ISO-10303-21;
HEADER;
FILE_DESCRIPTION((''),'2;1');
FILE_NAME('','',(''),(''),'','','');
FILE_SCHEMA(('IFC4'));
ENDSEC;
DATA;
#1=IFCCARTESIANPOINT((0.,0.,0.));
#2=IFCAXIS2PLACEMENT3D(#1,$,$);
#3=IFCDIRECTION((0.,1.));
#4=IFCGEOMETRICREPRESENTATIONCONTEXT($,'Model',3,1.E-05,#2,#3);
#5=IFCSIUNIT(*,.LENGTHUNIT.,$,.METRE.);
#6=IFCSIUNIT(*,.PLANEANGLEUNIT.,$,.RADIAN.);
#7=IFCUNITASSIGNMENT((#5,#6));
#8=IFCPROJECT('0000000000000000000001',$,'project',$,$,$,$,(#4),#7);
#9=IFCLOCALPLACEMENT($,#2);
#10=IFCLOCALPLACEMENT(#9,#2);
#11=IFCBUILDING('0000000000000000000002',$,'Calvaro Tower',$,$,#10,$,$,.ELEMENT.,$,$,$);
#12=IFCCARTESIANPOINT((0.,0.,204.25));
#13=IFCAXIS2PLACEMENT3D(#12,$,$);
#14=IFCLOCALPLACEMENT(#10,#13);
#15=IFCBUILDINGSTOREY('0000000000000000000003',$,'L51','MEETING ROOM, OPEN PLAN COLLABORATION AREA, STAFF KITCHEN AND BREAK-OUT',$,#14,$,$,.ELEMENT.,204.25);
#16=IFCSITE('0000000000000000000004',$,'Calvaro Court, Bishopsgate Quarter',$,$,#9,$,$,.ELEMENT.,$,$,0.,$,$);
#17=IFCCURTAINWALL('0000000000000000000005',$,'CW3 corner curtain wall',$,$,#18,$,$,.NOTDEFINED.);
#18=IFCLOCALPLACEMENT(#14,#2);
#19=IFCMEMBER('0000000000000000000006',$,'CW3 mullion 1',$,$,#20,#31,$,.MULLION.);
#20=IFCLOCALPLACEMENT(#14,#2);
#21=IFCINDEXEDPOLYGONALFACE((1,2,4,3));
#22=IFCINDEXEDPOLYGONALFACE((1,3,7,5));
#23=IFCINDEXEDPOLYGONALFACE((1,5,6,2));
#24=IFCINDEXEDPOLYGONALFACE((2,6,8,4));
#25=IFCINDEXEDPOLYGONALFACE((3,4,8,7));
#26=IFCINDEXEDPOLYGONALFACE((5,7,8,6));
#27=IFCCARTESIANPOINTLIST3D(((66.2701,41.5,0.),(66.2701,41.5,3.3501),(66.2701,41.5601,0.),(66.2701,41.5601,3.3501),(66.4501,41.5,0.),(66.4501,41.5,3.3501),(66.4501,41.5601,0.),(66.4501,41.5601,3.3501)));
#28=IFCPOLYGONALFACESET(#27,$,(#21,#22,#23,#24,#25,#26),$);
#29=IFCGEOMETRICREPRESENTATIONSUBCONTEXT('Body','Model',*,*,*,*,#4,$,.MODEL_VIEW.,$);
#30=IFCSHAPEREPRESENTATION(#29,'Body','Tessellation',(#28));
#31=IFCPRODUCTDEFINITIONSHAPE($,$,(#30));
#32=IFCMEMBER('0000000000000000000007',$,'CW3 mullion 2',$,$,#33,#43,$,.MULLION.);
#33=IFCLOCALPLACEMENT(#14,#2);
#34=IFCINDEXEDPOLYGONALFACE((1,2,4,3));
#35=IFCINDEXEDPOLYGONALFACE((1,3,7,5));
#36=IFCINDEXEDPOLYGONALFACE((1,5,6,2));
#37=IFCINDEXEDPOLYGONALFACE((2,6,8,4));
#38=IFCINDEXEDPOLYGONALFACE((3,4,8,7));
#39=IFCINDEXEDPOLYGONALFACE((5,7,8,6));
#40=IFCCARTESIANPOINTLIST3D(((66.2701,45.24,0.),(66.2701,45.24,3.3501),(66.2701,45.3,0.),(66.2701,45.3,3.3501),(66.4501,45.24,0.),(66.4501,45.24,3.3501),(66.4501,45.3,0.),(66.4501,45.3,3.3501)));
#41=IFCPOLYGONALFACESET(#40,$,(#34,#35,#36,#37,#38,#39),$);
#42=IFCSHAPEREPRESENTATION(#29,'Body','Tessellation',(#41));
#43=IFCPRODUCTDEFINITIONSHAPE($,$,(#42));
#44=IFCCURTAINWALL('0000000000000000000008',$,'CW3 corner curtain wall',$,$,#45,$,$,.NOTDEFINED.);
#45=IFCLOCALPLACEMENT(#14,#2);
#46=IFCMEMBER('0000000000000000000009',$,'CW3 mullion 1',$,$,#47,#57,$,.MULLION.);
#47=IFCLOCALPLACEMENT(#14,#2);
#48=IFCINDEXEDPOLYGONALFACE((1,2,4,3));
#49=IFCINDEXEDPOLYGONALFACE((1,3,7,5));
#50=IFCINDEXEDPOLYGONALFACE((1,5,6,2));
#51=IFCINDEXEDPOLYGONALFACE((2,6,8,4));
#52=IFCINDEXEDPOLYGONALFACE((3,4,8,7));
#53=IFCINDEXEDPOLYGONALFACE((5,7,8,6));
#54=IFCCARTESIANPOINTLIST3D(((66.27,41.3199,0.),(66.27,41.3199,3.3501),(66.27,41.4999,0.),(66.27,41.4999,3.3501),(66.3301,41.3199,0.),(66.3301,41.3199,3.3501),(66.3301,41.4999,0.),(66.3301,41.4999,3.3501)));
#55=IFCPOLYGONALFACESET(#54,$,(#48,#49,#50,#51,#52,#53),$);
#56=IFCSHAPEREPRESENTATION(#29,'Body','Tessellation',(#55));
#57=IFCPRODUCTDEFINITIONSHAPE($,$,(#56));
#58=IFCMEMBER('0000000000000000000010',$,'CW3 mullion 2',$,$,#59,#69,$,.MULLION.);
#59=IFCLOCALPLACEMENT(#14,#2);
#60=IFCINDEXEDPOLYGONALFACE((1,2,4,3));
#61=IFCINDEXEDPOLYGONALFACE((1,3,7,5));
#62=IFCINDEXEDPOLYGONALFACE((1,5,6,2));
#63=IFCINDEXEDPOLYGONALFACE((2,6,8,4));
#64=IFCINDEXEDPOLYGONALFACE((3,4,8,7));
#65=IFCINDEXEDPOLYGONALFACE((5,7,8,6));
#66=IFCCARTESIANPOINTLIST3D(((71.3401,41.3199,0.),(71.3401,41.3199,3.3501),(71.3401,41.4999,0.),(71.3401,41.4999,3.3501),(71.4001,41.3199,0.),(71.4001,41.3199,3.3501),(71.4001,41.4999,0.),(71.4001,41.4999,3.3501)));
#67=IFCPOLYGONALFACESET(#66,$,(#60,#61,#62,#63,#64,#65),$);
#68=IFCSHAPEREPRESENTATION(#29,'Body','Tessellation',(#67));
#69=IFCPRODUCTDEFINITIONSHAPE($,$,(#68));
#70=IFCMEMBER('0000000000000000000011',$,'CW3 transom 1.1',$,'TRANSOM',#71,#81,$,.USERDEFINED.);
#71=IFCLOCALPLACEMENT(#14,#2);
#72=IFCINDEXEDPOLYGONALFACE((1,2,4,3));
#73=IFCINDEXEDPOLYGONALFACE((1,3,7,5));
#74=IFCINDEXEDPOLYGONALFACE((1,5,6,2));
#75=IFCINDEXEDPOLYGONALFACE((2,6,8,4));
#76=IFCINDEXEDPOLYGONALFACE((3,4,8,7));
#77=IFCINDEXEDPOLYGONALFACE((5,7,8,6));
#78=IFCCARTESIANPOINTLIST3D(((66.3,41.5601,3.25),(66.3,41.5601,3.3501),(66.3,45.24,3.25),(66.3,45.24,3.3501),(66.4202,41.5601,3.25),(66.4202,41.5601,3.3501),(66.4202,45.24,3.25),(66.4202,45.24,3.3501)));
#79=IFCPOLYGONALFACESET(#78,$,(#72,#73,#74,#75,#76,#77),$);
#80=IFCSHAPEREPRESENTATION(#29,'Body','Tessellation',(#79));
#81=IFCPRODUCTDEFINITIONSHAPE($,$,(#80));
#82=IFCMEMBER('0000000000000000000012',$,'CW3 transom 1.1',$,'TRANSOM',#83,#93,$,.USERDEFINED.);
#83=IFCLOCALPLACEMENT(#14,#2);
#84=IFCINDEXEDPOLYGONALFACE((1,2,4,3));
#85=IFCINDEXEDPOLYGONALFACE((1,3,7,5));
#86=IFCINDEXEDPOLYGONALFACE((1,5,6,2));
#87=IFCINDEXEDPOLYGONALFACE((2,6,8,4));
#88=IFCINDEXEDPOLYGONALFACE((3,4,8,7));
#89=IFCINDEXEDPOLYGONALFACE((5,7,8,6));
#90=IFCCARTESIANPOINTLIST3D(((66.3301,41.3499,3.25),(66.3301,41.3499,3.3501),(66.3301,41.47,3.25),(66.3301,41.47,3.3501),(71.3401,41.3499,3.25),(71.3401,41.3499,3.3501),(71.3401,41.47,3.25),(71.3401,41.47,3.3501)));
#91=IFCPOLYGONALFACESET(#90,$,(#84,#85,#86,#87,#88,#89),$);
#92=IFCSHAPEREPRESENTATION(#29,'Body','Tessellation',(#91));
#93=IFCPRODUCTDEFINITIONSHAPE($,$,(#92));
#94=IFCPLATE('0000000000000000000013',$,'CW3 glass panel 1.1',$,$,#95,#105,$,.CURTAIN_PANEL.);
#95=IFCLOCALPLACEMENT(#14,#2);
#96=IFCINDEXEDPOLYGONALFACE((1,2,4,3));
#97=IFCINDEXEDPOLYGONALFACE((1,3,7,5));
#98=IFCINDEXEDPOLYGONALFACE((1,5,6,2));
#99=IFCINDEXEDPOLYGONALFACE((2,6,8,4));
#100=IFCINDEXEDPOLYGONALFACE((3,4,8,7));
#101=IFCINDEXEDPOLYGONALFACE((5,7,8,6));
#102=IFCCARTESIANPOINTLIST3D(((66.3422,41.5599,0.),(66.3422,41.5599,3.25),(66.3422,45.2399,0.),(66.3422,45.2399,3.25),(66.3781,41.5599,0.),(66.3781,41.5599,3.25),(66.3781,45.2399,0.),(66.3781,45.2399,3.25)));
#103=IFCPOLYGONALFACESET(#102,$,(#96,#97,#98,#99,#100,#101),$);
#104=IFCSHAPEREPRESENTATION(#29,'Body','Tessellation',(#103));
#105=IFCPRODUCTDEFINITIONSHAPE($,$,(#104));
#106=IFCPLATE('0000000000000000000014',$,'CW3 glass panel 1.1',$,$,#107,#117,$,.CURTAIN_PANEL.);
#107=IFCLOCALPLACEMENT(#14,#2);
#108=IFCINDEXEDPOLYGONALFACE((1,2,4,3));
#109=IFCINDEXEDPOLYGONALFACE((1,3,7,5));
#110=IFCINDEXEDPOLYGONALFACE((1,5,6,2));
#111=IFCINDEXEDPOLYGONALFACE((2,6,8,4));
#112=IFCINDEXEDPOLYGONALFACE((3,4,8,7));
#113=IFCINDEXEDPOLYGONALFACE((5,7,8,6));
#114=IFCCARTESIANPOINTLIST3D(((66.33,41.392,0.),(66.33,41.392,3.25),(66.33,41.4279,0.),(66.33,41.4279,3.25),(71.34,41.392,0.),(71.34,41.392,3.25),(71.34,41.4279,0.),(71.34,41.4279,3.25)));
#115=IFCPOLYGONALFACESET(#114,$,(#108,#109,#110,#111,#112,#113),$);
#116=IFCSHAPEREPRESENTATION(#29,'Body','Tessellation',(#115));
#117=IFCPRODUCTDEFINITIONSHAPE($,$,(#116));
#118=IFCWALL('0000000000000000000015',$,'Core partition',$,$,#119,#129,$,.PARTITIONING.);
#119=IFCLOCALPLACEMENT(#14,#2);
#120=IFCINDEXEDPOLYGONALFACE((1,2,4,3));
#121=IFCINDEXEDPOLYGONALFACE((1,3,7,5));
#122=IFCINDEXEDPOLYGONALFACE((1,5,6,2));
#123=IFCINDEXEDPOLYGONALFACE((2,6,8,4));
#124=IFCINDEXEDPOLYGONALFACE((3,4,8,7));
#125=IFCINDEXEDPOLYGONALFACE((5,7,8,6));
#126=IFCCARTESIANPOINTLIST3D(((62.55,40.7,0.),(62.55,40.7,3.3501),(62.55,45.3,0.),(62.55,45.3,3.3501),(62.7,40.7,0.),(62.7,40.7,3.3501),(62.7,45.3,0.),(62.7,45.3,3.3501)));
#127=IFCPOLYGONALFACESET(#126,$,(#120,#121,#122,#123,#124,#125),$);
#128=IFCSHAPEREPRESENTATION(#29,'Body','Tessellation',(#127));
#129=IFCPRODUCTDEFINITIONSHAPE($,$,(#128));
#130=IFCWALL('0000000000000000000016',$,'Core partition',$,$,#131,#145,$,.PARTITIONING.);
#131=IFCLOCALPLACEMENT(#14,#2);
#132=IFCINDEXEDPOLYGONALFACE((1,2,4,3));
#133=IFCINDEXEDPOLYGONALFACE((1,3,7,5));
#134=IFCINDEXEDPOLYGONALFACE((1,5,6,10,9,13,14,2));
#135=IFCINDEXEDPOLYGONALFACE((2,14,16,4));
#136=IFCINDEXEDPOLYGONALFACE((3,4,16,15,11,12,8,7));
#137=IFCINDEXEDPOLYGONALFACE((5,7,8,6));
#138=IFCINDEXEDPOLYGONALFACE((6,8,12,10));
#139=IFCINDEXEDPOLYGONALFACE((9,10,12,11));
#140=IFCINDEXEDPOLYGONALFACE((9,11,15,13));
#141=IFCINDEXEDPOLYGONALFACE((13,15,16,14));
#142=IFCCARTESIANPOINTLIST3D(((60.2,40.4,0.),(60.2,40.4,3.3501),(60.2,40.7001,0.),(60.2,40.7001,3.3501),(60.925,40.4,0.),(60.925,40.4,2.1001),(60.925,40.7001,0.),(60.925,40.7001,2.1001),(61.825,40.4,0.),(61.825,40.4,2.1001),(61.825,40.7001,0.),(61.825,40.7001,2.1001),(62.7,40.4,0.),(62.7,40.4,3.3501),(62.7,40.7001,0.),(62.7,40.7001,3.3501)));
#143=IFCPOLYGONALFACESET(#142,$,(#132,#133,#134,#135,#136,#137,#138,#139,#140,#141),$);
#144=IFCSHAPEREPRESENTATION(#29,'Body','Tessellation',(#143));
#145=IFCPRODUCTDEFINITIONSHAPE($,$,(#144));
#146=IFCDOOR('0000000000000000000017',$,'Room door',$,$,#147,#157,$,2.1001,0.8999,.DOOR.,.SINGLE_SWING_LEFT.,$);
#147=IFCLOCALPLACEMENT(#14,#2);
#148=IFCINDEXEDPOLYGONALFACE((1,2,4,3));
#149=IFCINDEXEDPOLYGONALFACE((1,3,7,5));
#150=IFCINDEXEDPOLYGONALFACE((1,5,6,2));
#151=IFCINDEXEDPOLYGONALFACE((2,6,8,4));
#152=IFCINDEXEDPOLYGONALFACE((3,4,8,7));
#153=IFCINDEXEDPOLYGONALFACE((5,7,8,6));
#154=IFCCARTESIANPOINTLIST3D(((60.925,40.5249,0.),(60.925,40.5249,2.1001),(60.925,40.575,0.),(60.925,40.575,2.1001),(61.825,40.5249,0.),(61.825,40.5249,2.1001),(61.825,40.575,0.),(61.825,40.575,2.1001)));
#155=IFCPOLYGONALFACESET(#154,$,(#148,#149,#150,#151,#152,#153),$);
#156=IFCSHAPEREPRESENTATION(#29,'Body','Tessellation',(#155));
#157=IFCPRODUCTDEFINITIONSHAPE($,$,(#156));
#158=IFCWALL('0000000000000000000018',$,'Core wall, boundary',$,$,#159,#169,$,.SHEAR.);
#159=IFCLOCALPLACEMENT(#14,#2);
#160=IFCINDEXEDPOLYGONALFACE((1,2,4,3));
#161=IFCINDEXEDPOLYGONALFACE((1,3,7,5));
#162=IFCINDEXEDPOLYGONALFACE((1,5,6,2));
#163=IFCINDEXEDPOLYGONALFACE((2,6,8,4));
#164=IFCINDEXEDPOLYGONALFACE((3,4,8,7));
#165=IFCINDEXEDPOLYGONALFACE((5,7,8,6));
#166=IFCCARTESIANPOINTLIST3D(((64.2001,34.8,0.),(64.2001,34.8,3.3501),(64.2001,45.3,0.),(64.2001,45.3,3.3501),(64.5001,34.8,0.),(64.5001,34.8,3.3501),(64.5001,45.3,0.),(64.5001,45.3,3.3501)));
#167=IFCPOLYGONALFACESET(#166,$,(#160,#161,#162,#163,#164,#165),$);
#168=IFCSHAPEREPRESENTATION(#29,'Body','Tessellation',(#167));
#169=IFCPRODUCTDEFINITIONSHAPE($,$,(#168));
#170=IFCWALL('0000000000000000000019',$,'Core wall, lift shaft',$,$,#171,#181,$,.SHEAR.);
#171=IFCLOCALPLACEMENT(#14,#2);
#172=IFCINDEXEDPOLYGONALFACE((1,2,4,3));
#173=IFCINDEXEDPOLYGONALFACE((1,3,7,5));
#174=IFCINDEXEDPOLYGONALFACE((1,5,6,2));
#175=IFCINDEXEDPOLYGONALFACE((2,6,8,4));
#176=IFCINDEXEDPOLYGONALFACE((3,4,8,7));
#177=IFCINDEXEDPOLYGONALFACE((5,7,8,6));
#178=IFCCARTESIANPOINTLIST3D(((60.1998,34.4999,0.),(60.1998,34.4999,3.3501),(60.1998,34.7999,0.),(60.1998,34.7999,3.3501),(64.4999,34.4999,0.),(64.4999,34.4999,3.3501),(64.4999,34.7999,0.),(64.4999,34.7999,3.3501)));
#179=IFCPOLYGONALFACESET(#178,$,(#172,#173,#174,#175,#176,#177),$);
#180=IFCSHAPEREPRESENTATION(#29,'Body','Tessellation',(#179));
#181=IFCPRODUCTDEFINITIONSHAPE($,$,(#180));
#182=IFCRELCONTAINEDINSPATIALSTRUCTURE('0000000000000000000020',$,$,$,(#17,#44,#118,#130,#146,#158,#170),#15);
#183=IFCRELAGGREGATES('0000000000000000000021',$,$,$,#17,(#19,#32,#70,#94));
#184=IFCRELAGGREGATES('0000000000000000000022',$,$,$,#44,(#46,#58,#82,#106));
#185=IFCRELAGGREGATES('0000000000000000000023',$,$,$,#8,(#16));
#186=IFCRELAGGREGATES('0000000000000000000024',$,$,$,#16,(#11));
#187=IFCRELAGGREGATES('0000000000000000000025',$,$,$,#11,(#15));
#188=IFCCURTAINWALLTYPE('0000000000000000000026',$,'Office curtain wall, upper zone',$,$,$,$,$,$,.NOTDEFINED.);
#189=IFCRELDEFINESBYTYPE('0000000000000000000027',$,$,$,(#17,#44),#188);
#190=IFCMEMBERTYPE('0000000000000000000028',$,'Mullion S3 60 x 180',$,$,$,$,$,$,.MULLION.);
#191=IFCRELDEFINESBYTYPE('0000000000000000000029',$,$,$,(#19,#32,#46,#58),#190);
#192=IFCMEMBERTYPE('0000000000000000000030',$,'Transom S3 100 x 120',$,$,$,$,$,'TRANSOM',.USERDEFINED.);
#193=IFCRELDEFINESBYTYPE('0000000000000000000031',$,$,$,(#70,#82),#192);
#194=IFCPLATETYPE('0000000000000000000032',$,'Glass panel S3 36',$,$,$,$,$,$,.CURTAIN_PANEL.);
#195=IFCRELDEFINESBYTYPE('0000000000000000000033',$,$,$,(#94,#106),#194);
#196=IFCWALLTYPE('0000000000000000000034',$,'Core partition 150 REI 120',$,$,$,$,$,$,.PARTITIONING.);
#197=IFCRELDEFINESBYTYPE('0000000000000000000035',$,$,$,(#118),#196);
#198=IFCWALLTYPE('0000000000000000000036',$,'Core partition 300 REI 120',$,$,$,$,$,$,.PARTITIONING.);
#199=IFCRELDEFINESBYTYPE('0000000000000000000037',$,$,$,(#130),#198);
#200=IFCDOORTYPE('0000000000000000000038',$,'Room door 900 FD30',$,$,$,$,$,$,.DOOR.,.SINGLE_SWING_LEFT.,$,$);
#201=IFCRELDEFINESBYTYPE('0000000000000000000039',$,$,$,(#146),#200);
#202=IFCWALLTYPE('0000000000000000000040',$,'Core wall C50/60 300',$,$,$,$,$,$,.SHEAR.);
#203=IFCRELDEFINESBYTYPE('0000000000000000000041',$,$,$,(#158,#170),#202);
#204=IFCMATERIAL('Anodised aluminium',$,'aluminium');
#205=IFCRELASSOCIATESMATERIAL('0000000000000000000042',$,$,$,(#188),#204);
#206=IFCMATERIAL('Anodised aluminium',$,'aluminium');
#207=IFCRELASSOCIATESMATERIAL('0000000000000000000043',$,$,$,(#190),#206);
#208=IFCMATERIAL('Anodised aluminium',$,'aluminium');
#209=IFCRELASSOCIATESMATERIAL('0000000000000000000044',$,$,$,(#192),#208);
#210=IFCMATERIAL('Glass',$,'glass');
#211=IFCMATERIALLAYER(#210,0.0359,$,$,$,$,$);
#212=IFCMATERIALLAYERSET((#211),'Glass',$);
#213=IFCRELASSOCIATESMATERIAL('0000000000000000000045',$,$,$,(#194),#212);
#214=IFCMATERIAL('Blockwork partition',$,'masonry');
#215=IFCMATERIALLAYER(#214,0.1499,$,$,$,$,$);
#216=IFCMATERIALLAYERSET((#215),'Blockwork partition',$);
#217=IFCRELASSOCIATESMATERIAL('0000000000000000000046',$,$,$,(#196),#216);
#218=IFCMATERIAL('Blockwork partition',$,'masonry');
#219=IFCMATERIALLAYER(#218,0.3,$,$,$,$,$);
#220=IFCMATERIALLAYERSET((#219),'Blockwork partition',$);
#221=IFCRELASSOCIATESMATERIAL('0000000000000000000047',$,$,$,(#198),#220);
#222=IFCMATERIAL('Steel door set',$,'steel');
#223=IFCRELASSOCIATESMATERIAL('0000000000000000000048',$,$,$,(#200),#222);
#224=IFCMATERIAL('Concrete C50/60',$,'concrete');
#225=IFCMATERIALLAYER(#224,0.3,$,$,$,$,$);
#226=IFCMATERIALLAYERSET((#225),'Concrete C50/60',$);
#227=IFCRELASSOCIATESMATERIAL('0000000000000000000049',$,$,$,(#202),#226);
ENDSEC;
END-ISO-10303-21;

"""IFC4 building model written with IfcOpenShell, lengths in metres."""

from ifc_helpers import new_model, si_unit, direction, frame, frame_2d, origin, origin_2d, place, context, subcontext, project, spatial, rectangle, extrude, material, layer, layer_set, material_profile, profile_set, type_object, element, fill, aggregate, save


model = new_model("IFC4")

# Units and contexts
model_context = context("Model", 3, precision=1e-05, world=origin(), true_north=direction((0.0, 1.0)))
body_context = subcontext(model_context, "Body", "Model", "MODEL_VIEW")
ifc_project = project(units=[si_unit("LENGTHUNIT", "METRE"), si_unit("PLANEANGLEUNIT", "RADIAN")], contexts=[model_context])

# Site, building, storey
site_placement = place(None, origin())
site = spatial("IfcSite", under=ifc_project, at=site_placement, Name="Calvaro Court, Bishopsgate Quarter", CompositionType="ELEMENT", RefElevation=0.0)
building_placement = place(site_placement, origin())
building = spatial("IfcBuilding", under=site, at=building_placement, Name="Calvaro Tower", CompositionType="ELEMENT")
storey_placement = place(building_placement, frame((0.0, 0.0, 204.25)))
storey = spatial("IfcBuildingStorey", under=building, at=storey_placement, Name="L51", Description="MEETING ROOM, OPEN PLAN COLLABORATION AREA, STAFF KITCHEN AND BREAK-OUT", CompositionType="ELEMENT", Elevation=204.25)

# Curtain walls, members
ifc_material_1 = material(Name="Anodised aluminium", Category="aluminium")
curtain_wall_type = type_object("IfcCurtainWallType", Name="Office curtain wall, upper zone", PredefinedType="NOTDEFINED", material=ifc_material_1)
curtain_wall_1_placement = place(storey_placement, origin())
curtain_wall_1 = element("IfcCurtainWall", 1, at=curtain_wall_1_placement, inside=storey, type_object=curtain_wall_type, Name="CW3 corner curtain wall", PredefinedType="NOTDEFINED")
ifc_material_2 = material(Name="Anodised aluminium", Category="aluminium")
ifc_material_profile_1 = material_profile(ifc_material_2, rectangle(XDim=0.1799, YDim=0.0601, at=origin_2d()), Name="Mullion S3 60 x 180")
ifc_profile_set_1 = profile_set([ifc_material_profile_1], Name="Anodised aluminium")
member_type_1 = type_object("IfcMemberType", Name="Mullion S3 60 x 180", PredefinedType="MULLION", material=ifc_profile_set_1)
member_1_placement = place(storey_placement, frame((66.3601, 41.53, 0.0), z_axis=(0.0, 0.0, 1.0), x_axis=(-1.0, 0.0, 0.0)))
member_1 = element("IfcMember", 2, at=member_1_placement, type_object=member_type_1, Name="CW3 mullion 1", PredefinedType="MULLION", context=body_context, shape_type="SweptSolid", body=[
    extrude(rectangle(XDim=0.1799, YDim=0.0601, at=origin_2d()), origin(), (0.0, 0.0, 1.0), 3.3501),
])
member_2_placement = place(storey_placement, frame((66.3601, 45.27, 0.0), z_axis=(0.0, 0.0, 1.0), x_axis=(-1.0, 0.0, 0.0)))
member_2 = element("IfcMember", 3, at=member_2_placement, type_object=member_type_1, Name="CW3 mullion 2", PredefinedType="MULLION", context=body_context, shape_type="SweptSolid", body=[
    extrude(rectangle(XDim=0.1799, YDim=0.0601, at=origin_2d()), origin(), (0.0, 0.0, 1.0), 3.3501),
])
curtain_wall_2_placement = place(storey_placement, origin())
curtain_wall_2 = element("IfcCurtainWall", 4, at=curtain_wall_2_placement, inside=storey, type_object=curtain_wall_type, Name="CW3 corner curtain wall", PredefinedType="NOTDEFINED")
member_3_placement = place(storey_placement, frame((66.3, 41.4099, 0.0), z_axis=(0.0, 0.0, 1.0), x_axis=(0.0, 1.0, 0.0)))
member_3 = element("IfcMember", 5, at=member_3_placement, type_object=member_type_1, Name="CW3 mullion 1", PredefinedType="MULLION", context=body_context, shape_type="SweptSolid", body=[
    extrude(rectangle(XDim=0.1799, YDim=0.0601, at=origin_2d()), origin(), (0.0, 0.0, 1.0), 3.3501),
])
member_4_placement = place(storey_placement, frame((71.3701, 41.4099, 0.0), z_axis=(0.0, 0.0, 1.0), x_axis=(0.0, 1.0, 0.0)))
member_4 = element("IfcMember", 6, at=member_4_placement, type_object=member_type_1, Name="CW3 mullion 2", PredefinedType="MULLION", context=body_context, shape_type="SweptSolid", body=[
    extrude(rectangle(XDim=0.1799, YDim=0.0601, at=origin_2d()), origin(), (0.0, 0.0, 1.0), 3.3501),
])

# Members
ifc_material_3 = material(Name="Anodised aluminium", Category="aluminium")
ifc_material_profile_2 = material_profile(ifc_material_3, rectangle(XDim=0.1201, YDim=0.1001, at=origin_2d()), Name="Transom S3 100 x 120")
ifc_profile_set_2 = profile_set([ifc_material_profile_2], Name="Anodised aluminium")
member_type_2 = type_object("IfcMemberType", Name="Transom S3 100 x 120", ElementType="TRANSOM", PredefinedType="USERDEFINED", material=ifc_profile_set_2)
member_5_placement = place(storey_placement, frame((66.3601, 41.5601, 3.3), z_axis=(0.0, 1.0, 0.0), x_axis=(-1.0, 0.0, 0.0)))
member_5 = element("IfcMember", 7, at=member_5_placement, type_object=member_type_2, Name="CW3 transom 1.1", ObjectType="TRANSOM", PredefinedType="USERDEFINED", context=body_context, shape_type="SweptSolid", body=[
    extrude(rectangle(XDim=0.1201, YDim=0.1001, at=origin_2d()), origin(), (0.0, 0.0, 1.0), 3.6799),
])
member_6_placement = place(storey_placement, frame((66.3301, 41.4099, 3.3), z_axis=(1.0, 0.0, 0.0), x_axis=(0.0, 1.0, 0.0)))
member_6 = element("IfcMember", 8, at=member_6_placement, type_object=member_type_2, Name="CW3 transom 1.1", ObjectType="TRANSOM", PredefinedType="USERDEFINED", context=body_context, shape_type="SweptSolid", body=[
    extrude(rectangle(XDim=0.1201, YDim=0.1001, at=origin_2d()), origin(), (0.0, 0.0, 1.0), 5.01),
])

# Plates
ifc_material_4 = material(Name="Glass", Category="glass")
ifc_layer_1 = layer(ifc_material_4, 0.0359)
ifc_layer_set_1 = layer_set([ifc_layer_1], Name="Glass")
plate_type = type_object("IfcPlateType", Name="Glass panel S3 36", PredefinedType="CURTAIN_PANEL", material=ifc_layer_set_1)
plate_1_placement = place(storey_placement, frame((66.3601, 43.3999, 0.0), z_axis=(0.0, 0.0, 1.0), x_axis=(0.0, 1.0, 0.0)))
plate_1 = element("IfcPlate", 9, at=plate_1_placement, type_object=plate_type, Name="CW3 glass panel 1.1", PredefinedType="CURTAIN_PANEL", context=body_context, shape_type="SweptSolid", body=[
    extrude(rectangle(XDim=3.6799, YDim=0.0359, at=origin_2d()), origin(), (0.0, 0.0, 1.0), 3.25),
])
aggregate(curtain_wall_1, [member_1, member_2, member_5, plate_1])
plate_2_placement = place(storey_placement, frame((68.835, 41.4099, 0.0), z_axis=(0.0, 0.0, 1.0), x_axis=(1.0, 0.0, 0.0)))
plate_2 = element("IfcPlate", 10, at=plate_2_placement, type_object=plate_type, Name="CW3 glass panel 1.1", PredefinedType="CURTAIN_PANEL", context=body_context, shape_type="SweptSolid", body=[
    extrude(rectangle(XDim=5.01, YDim=0.0359, at=origin_2d()), origin(), (0.0, 0.0, 1.0), 3.25),
])
aggregate(curtain_wall_2, [member_3, member_4, member_6, plate_2])

# Wall
ifc_material_5 = material(Name="Blockwork partition", Category="masonry")
ifc_layer_2 = layer(ifc_material_5, 0.1499)
ifc_layer_set_2 = layer_set([ifc_layer_2], Name="Blockwork partition")
wall_type_1 = type_object("IfcWallType", Name="Core partition 150 REI 120", PredefinedType="PARTITIONING", material=ifc_layer_set_2)
wall_1_placement = place(storey_placement, frame((62.625, 40.7, 0.0), z_axis=(0.0, 0.0, 1.0), x_axis=(0.0, 1.0, 0.0)))
element("IfcWall", 11, at=wall_1_placement, inside=storey, type_object=wall_type_1, Name="Core partition", PredefinedType="PARTITIONING", context=body_context, shape_type="SweptSolid", body=[
    extrude(rectangle(XDim=4.6001, YDim=0.1499, at=frame_2d((2.3, 0.0))), origin(), (0.0, 0.0, 1.0), 3.3501),
])

# Wall, opening, door
ifc_material_6 = material(Name="Blockwork partition", Category="masonry")
ifc_layer_3 = layer(ifc_material_6, 0.3)
ifc_layer_set_3 = layer_set([ifc_layer_3], Name="Blockwork partition")
wall_type_2 = type_object("IfcWallType", Name="Core partition 300 REI 120", PredefinedType="PARTITIONING", material=ifc_layer_set_3)
wall_2_placement = place(storey_placement, frame((60.2, 40.55, 0.0), z_axis=(0.0, 0.0, 1.0), x_axis=(1.0, 0.0, 0.0)))
wall_2 = element("IfcWall", 12, at=wall_2_placement, inside=storey, type_object=wall_type_2, Name="Core partition", PredefinedType="PARTITIONING", context=body_context, shape_type="SweptSolid", body=[
    extrude(rectangle(XDim=2.5, YDim=0.3, at=frame_2d((1.25, 0.0))), origin(), (0.0, 0.0, 1.0), 3.3501),
])
opening_1_placement = place(wall_2_placement, frame((0.7251, 0.0, 0.0)))
opening_1 = element("IfcOpeningElement", 13, at=opening_1_placement, cuts=wall_2, PredefinedType="OPENING", context=body_context, shape_type="SweptSolid", body=[
    extrude(rectangle(XDim=0.8999, YDim=2.1001, at=frame_2d((0.45, 1.05))), frame((0.0, 0.1599, 0.0), z_axis=(0.0, -1.0, 0.0), x_axis=(1.0, 0.0, 0.0)), (0.0, 0.0, 1.0), 0.3201),
])
ifc_material_7 = material(Name="Steel door set", Category="steel")
door_type_1 = type_object("IfcDoorType", Name="Room door 900 FD30", OperationType="SINGLE_SWING_LEFT", PredefinedType="DOOR", material=ifc_material_7)
door_1_placement = place(opening_1_placement, origin())
door_1 = element("IfcDoor", 14, at=door_1_placement, inside=storey, type_object=door_type_1, Name="Room door", OperationType="SINGLE_SWING_LEFT", OverallHeight=2.1001, OverallWidth=0.8999, PredefinedType="DOOR", context=body_context, shape_type="SweptSolid", body=[
    extrude(rectangle(XDim=0.8999, YDim=2.1001, at=frame_2d((0.45, 1.05))), frame((0.0, 0.0249, 0.0), z_axis=(0.0, -1.0, 0.0), x_axis=(1.0, 0.0, 0.0)), (0.0, 0.0, 1.0), 0.05),
])
fill(opening_1, door_1)

# Walls
ifc_material_8 = material(Name="Concrete C50/60", Category="concrete")
ifc_layer_4 = layer(ifc_material_8, 0.3)
ifc_layer_set_4 = layer_set([ifc_layer_4], Name="Concrete C50/60")
wall_type_3 = type_object("IfcWallType", Name="Core wall C50/60 300", PredefinedType="SHEAR", material=ifc_layer_set_4)
wall_3_placement = place(storey_placement, frame((64.3501, 34.8, 0.0), z_axis=(0.0, 0.0, 1.0), x_axis=(0.0, 1.0, 0.0)))
element("IfcWall", 15, at=wall_3_placement, inside=storey, type_object=wall_type_3, Name="Core wall, boundary", PredefinedType="SHEAR", context=body_context, shape_type="SweptSolid", body=[
    extrude(rectangle(XDim=10.5, YDim=0.3, at=frame_2d((5.25, 0.0))), origin(), (0.0, 0.0, 1.0), 3.3501),
])
wall_4_placement = place(storey_placement, frame((60.2, 34.6499, 0.0), z_axis=(0.0, 0.0, 1.0), x_axis=(1.0, 0.0, 0.0)))
element("IfcWall", 16, at=wall_4_placement, inside=storey, type_object=wall_type_3, Name="Core wall, lift shaft", PredefinedType="SHEAR", context=body_context, shape_type="SweptSolid", body=[
    extrude(rectangle(XDim=4.3, YDim=0.3, at=frame_2d((2.1499, 0.0))), origin(), (0.0, 0.0, 1.0), 3.3501),
])

save(model, "model.ifc")
